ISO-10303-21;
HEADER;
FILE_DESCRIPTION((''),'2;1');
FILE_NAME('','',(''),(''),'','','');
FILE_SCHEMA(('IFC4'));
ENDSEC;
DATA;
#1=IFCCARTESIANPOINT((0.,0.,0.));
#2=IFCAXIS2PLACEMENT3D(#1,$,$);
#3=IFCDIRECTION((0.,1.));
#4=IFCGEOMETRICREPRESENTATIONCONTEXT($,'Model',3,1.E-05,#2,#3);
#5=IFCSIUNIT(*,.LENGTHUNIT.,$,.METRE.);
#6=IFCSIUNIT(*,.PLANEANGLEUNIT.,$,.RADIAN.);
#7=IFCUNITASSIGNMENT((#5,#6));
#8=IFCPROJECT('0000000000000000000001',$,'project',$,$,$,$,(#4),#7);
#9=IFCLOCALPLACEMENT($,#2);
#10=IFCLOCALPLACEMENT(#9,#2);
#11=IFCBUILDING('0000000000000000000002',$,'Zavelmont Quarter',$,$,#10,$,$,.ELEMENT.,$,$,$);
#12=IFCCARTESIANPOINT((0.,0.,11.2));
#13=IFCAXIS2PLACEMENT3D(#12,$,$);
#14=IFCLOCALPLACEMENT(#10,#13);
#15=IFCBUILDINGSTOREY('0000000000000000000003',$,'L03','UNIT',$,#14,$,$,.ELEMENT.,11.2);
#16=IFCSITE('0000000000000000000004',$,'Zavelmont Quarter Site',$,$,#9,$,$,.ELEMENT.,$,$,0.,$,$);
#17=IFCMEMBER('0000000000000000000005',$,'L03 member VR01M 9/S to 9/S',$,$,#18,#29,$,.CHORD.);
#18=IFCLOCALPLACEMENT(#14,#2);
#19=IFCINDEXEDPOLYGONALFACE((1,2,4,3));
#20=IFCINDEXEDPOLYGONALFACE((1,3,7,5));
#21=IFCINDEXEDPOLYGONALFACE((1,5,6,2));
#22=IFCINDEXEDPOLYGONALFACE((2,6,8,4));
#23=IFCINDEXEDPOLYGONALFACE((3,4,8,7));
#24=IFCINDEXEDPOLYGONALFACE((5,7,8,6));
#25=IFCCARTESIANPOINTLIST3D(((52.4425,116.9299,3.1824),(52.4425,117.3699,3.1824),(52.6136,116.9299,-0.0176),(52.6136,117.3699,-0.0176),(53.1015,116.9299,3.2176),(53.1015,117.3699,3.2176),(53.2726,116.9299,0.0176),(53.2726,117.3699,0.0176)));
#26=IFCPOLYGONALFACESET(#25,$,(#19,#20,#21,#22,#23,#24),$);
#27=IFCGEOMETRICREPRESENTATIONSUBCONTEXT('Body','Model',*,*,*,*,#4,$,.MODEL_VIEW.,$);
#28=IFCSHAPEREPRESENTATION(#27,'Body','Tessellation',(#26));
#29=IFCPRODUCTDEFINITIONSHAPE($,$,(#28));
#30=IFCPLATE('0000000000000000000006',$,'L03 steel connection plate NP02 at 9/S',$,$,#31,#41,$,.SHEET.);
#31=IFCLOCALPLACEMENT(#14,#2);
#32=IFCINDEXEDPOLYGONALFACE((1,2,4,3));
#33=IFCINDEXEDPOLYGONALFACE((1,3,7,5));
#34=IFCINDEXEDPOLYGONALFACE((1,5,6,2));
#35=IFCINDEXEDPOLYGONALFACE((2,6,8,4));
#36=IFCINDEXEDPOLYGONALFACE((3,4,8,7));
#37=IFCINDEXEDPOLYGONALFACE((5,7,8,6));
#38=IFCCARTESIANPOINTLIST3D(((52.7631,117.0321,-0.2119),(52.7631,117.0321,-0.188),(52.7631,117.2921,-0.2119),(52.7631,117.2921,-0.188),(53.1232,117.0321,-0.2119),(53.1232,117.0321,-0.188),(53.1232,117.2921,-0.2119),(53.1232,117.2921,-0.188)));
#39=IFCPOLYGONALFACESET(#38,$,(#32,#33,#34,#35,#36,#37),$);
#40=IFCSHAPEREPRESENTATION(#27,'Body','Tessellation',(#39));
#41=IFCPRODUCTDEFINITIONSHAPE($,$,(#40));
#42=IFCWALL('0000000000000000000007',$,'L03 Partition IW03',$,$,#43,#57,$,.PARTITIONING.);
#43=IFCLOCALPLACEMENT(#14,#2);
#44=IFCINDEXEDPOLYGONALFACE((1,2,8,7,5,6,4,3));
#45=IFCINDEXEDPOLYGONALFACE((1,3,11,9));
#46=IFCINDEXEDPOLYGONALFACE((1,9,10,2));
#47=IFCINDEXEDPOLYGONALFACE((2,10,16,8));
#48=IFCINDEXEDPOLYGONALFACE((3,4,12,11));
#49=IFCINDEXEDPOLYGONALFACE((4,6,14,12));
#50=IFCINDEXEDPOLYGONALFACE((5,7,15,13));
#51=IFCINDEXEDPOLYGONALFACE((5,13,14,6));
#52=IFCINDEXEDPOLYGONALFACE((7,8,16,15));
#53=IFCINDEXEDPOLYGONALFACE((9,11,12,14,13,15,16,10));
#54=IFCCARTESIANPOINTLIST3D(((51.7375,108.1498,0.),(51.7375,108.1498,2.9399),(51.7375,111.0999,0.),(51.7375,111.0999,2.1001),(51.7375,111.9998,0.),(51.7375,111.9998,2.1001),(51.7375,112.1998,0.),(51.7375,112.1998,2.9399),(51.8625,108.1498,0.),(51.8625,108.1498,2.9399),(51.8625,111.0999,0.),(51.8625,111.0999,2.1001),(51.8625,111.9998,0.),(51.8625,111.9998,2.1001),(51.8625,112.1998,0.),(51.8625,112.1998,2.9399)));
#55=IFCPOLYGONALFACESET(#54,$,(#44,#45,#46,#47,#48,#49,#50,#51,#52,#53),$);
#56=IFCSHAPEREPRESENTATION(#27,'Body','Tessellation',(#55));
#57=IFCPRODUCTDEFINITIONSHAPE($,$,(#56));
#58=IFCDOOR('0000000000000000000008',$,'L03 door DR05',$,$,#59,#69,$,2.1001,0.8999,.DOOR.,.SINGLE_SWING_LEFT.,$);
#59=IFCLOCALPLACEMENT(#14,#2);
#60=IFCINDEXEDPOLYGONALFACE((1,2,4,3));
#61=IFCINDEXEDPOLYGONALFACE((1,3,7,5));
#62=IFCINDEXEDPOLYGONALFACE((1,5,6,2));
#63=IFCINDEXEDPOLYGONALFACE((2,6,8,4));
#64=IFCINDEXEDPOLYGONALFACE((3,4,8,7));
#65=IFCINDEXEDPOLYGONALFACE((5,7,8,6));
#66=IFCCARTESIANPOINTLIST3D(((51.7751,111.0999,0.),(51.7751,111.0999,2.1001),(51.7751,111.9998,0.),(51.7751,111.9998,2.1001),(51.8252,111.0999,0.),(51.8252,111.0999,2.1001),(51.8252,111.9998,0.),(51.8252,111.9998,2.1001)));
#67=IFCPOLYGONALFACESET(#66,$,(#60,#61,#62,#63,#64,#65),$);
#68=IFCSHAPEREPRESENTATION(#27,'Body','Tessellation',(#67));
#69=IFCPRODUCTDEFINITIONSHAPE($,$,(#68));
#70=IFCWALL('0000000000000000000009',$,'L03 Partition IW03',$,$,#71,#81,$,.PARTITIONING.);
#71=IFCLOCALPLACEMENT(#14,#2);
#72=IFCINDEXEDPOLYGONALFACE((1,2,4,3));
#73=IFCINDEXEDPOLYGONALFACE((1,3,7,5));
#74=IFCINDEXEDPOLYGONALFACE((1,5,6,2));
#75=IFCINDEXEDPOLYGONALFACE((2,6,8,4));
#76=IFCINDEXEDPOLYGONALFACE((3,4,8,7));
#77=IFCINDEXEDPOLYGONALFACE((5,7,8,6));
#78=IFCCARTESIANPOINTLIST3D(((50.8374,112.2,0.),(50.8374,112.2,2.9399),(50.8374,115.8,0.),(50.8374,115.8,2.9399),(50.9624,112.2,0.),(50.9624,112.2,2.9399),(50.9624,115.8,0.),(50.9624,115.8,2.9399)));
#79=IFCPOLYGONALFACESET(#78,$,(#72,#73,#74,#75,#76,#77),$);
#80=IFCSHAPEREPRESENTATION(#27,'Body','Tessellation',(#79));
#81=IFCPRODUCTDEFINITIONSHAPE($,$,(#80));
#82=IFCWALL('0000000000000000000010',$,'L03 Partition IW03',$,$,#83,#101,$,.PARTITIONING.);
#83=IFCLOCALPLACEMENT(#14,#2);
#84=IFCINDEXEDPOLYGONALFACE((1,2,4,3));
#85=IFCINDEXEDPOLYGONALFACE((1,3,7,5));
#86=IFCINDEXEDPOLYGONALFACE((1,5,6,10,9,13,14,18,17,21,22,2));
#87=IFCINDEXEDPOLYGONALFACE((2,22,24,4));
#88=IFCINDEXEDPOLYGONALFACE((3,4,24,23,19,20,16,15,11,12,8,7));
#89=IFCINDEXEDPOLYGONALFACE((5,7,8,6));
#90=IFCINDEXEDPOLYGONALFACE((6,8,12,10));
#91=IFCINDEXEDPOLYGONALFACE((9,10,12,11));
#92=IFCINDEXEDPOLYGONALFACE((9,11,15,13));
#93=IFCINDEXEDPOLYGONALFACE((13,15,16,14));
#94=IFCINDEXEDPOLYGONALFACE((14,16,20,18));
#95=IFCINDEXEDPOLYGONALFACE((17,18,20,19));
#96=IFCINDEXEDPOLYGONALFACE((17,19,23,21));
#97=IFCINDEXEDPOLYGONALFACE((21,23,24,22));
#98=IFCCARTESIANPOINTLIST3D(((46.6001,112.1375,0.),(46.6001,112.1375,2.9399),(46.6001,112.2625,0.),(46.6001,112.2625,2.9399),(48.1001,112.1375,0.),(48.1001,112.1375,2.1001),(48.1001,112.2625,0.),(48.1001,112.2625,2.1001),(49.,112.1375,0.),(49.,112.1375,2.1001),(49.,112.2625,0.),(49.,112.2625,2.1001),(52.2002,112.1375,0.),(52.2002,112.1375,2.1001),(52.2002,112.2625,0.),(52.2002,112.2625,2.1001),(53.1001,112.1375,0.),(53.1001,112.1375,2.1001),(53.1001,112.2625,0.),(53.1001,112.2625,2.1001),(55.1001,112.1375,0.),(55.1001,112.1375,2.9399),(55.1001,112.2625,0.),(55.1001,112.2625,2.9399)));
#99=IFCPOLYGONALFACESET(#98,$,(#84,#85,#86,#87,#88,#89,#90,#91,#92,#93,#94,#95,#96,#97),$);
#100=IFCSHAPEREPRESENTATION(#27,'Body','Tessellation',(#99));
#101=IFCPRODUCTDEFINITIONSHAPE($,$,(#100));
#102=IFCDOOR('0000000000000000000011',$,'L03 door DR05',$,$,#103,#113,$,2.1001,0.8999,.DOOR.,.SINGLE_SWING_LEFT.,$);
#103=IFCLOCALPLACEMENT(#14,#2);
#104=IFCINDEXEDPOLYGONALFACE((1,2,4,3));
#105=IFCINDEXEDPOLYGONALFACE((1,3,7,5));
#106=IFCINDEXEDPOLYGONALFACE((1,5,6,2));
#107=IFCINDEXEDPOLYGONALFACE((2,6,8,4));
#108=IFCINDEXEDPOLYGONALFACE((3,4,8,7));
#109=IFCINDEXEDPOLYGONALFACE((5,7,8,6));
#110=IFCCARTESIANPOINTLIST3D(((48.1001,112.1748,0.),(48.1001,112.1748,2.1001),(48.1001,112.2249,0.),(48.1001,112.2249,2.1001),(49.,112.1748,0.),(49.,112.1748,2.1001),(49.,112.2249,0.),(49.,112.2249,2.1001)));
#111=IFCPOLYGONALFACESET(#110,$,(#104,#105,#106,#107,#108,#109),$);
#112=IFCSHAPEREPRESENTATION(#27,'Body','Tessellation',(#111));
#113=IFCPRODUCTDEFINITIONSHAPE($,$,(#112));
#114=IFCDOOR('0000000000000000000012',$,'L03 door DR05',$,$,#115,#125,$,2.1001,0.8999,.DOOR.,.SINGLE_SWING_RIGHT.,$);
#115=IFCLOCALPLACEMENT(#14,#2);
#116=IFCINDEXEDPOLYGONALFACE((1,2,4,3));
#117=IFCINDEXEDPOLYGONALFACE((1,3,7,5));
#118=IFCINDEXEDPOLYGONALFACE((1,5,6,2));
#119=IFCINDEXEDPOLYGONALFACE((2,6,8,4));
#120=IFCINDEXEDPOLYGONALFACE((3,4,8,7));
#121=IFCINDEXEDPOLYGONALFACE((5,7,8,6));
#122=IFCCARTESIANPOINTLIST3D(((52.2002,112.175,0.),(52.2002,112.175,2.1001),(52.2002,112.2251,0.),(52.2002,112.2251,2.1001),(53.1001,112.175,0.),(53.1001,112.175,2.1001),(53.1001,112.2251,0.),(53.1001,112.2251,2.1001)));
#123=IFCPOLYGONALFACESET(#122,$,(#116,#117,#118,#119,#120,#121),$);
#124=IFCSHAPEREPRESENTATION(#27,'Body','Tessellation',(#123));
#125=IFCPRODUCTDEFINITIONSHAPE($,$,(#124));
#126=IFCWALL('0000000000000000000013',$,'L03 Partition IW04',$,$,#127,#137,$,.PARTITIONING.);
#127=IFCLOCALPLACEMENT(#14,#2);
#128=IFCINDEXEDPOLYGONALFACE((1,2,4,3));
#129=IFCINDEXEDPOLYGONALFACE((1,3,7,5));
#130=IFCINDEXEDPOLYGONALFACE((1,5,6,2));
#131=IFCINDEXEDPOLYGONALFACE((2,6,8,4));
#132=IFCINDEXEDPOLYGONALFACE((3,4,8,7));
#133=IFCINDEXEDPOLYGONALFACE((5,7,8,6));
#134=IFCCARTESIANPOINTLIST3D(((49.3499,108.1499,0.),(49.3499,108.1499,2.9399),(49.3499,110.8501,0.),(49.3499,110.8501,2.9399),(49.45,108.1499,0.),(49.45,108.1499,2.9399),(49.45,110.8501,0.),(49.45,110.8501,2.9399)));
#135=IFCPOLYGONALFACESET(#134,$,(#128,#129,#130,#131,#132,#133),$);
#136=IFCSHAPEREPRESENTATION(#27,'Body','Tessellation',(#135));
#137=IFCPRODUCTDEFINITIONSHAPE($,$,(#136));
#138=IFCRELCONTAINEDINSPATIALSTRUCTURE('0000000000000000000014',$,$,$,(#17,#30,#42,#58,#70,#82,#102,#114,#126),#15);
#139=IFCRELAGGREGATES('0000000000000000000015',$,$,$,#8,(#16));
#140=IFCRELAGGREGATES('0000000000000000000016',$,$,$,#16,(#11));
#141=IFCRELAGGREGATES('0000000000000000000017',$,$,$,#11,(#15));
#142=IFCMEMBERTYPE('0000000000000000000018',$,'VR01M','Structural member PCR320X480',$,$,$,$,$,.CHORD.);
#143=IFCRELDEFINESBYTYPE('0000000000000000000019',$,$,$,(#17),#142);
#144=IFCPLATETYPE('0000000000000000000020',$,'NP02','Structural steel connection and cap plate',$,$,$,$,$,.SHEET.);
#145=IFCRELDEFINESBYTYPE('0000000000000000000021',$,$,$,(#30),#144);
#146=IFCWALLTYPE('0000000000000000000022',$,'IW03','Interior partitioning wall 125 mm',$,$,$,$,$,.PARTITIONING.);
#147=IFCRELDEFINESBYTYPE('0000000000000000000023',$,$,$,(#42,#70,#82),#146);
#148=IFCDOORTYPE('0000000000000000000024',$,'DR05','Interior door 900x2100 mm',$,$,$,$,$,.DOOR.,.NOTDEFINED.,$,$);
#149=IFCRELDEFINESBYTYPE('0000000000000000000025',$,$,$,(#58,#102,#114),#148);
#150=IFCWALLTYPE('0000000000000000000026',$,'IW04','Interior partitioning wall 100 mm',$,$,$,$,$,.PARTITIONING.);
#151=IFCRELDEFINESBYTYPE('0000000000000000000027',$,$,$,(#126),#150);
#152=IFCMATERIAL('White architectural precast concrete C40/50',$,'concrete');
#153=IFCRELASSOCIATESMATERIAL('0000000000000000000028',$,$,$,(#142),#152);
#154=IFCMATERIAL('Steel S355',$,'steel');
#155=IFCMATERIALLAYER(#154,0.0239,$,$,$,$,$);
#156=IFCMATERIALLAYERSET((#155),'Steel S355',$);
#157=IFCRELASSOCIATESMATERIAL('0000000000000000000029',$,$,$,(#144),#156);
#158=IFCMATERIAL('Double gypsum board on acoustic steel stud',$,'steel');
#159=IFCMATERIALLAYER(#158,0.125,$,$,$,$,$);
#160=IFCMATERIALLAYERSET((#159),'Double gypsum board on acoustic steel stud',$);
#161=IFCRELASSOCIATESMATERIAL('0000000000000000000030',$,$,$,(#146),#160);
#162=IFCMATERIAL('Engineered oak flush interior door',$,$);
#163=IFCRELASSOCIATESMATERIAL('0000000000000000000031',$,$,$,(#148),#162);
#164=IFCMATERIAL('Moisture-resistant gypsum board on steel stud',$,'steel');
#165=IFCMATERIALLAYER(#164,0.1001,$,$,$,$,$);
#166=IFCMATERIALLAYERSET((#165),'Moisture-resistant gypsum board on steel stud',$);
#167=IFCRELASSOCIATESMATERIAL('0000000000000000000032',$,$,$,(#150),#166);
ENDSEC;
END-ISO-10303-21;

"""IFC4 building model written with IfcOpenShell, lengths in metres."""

from ifc_helpers import new_model, si_unit, direction, frame, frame_2d, origin, origin_with_axes, origin_2d, place, context, subcontext, project, spatial, rectangle, extrude, material, layer, layer_set, material_profile, profile_set, type_object, element, fill, save


model = new_model("IFC4")

# Units and contexts
model_context = context("Model", 3, precision=1e-05, world=origin(), true_north=direction((0.0, 1.0)))
body_context = subcontext(model_context, "Body", "Model", "MODEL_VIEW")
ifc_project = project(units=[si_unit("LENGTHUNIT", "METRE"), si_unit("PLANEANGLEUNIT", "RADIAN")], contexts=[model_context])

# Site, building, storey
site_placement = place(None, origin())
site = spatial("IfcSite", under=ifc_project, at=site_placement, Name="Zavelmont Quarter Site", CompositionType="ELEMENT", RefElevation=0.0)
building_placement = place(site_placement, origin())
building = spatial("IfcBuilding", under=site, at=building_placement, Name="Zavelmont Quarter", CompositionType="ELEMENT")
storey_placement = place(building_placement, frame((0.0, 0.0, 11.2)))
storey = spatial("IfcBuildingStorey", under=building, at=storey_placement, Name="L03", Description="UNIT", CompositionType="ELEMENT", Elevation=11.2)

# Shared definitions
ifc_material_1 = material(Name="Steel S355", Category="steel")

# Member
ifc_material_2 = material(Name="White architectural precast concrete C40/50", Category="concrete")
ifc_material_profile_1 = material_profile(ifc_material_2, rectangle(XDim=0.4399, YDim=0.6599, at=origin_2d()), Name="PCR320X480")
ifc_profile_set_1 = profile_set([ifc_material_profile_1], Name="White architectural precast concrete C40/50")
member_type = type_object("IfcMemberType", Name="VR01M", Description="Structural member PCR320X480", PredefinedType="CHORD", material=ifc_profile_set_1)
member_placement = place(storey_placement, frame((52.9431, 117.1499, 0.0), z_axis=(-0.053407, 0.0, 0.998573), x_axis=(0.0, -1.0, 0.0)))
element("IfcMember", 1, at=member_placement, inside=storey, type_object=member_type, Name="L03 member VR01M 9/S to 9/S", PredefinedType="CHORD", context=body_context, shape_type="SweptSolid", body=[
    extrude(rectangle(XDim=0.4399, YDim=0.6599, at=origin_2d()), origin(), (0.0, 0.0, 1.0), 3.2046),
])

# Plate
ifc_layer_1 = layer(ifc_material_1, 0.0239)
ifc_layer_set_1 = layer_set([ifc_layer_1], Name="Steel S355")
plate_type = type_object("IfcPlateType", Name="NP02", Description="Structural steel connection and cap plate", PredefinedType="SHEET", material=ifc_layer_set_1)
plate_placement = place(storey_placement, frame((52.9431, 117.1621, -0.2119), z_axis=(0.0, 0.0, 1.0), x_axis=(1.0, 0.0, 0.0)))
element("IfcPlate", 2, at=plate_placement, inside=storey, type_object=plate_type, Name="L03 steel connection plate NP02 at 9/S", PredefinedType="SHEET", context=body_context, shape_type="SweptSolid", body=[
    extrude(rectangle(XDim=0.3601, YDim=0.26, at=origin_2d()), origin(), (0.0, 0.0, 1.0), 0.0239),
])

# Wall, opening, door
ifc_material_3 = material(Name="Double gypsum board on acoustic steel stud", Category="steel")
ifc_layer_2 = layer(ifc_material_3, 0.125)
ifc_layer_set_2 = layer_set([ifc_layer_2], Name="Double gypsum board on acoustic steel stud")
wall_type_1 = type_object("IfcWallType", Name="IW03", Description="Interior partitioning wall 125 mm", PredefinedType="PARTITIONING", material=ifc_layer_set_2)
wall_1_placement = place(storey_placement, frame((51.8, 108.1499, 0.0), z_axis=(0.0, 0.0, 1.0), x_axis=(0.0, 1.0, 0.0)))
wall_1 = element("IfcWall", 3, at=wall_1_placement, inside=storey, type_object=wall_type_1, Name="L03 Partition IW03", PredefinedType="PARTITIONING", context=body_context, shape_type="SweptSolid", body=[
    extrude(rectangle(XDim=4.05, YDim=0.125, at=frame_2d((2.0249, 0.0))), origin(), (0.0, 0.0, 1.0), 2.9399),
])
opening_1_placement = place(wall_1_placement, frame((2.95, 0.0, 0.0)))
opening_1 = element("IfcOpeningElement", 4, at=opening_1_placement, cuts=wall_1, PredefinedType="OPENING", context=body_context, shape_type="SweptSolid", body=[
    extrude(rectangle(XDim=0.8999, YDim=2.1001, at=frame_2d((0.45, 1.05))), frame((0.0, 0.0745, 0.0), z_axis=(0.0, -1.0, 0.0), x_axis=(1.0, 0.0, 0.0)), (0.0, 0.0, 1.0), 0.1489),
])
ifc_material_4 = material(Name="Engineered oak flush interior door")
door_type = type_object("IfcDoorType", Name="DR05", Description="Interior door 900x2100 mm", OperationType="NOTDEFINED", PredefinedType="DOOR", material=ifc_material_4)
door_1_placement = place(opening_1_placement, origin_with_axes())
door_1 = element("IfcDoor", 5, at=door_1_placement, inside=storey, type_object=door_type, Name="L03 door DR05", OperationType="SINGLE_SWING_LEFT", OverallHeight=2.1001, OverallWidth=0.8999, PredefinedType="DOOR", context=body_context, shape_type="SweptSolid", body=[
    extrude(rectangle(XDim=0.8999, YDim=2.1001, at=frame_2d((0.45, 1.05))), frame((0.0, 0.0249, 0.0), z_axis=(0.0, -1.0, 0.0), x_axis=(1.0, 0.0, 0.0)), (0.0, 0.0, 1.0), 0.05),
])
fill(opening_1, door_1)

# Wall
wall_2_placement = place(storey_placement, frame((50.8999, 112.2, 0.0), z_axis=(0.0, 0.0, 1.0), x_axis=(0.0, 1.0, 0.0)))
element("IfcWall", 6, at=wall_2_placement, inside=storey, type_object=wall_type_1, Name="L03 Partition IW03", PredefinedType="PARTITIONING", context=body_context, shape_type="SweptSolid", body=[
    extrude(rectangle(XDim=3.6001, YDim=0.125, at=frame_2d((1.8, 0.0))), origin(), (0.0, 0.0, 1.0), 2.9399),
])

# Wall, openings, doors
wall_3_placement = place(storey_placement, frame((46.6001, 112.2, 0.0), z_axis=(0.0, 0.0, 1.0), x_axis=(1.0, 0.0, 0.0)))
wall_3 = element("IfcWall", 7, at=wall_3_placement, inside=storey, type_object=wall_type_1, Name="L03 Partition IW03", PredefinedType="PARTITIONING", context=body_context, shape_type="SweptSolid", body=[
    extrude(rectangle(XDim=8.5, YDim=0.125, at=frame_2d((4.25, 0.0))), origin(), (0.0, 0.0, 1.0), 2.9399),
])
opening_2_placement = place(wall_3_placement, frame((1.5, 0.0, 0.0)))
opening_2 = element("IfcOpeningElement", 8, at=opening_2_placement, cuts=wall_3, PredefinedType="OPENING", context=body_context, shape_type="SweptSolid", body=[
    extrude(rectangle(XDim=0.8999, YDim=2.1001, at=frame_2d((0.45, 1.05))), frame((0.0, 0.0745, 0.0), z_axis=(0.0, -1.0, 0.0), x_axis=(1.0, 0.0, 0.0)), (0.0, 0.0, 1.0), 0.1489),
])
opening_3_placement = place(wall_3_placement, frame((5.6001, 0.0, 0.0)))
opening_3 = element("IfcOpeningElement", 9, at=opening_3_placement, cuts=wall_3, PredefinedType="OPENING", context=body_context, shape_type="SweptSolid", body=[
    extrude(rectangle(XDim=0.8999, YDim=2.1001, at=frame_2d((0.45, 1.05))), frame((0.0, 0.0745, 0.0), z_axis=(0.0, -1.0, 0.0), x_axis=(1.0, 0.0, 0.0)), (0.0, 0.0, 1.0), 0.1489),
])
door_2_placement = place(opening_2_placement, origin_with_axes())
door_2 = element("IfcDoor", 10, at=door_2_placement, inside=storey, type_object=door_type, Name="L03 door DR05", OperationType="SINGLE_SWING_LEFT", OverallHeight=2.1001, OverallWidth=0.8999, PredefinedType="DOOR", context=body_context, shape_type="SweptSolid", body=[
    extrude(rectangle(XDim=0.8999, YDim=2.1001, at=frame_2d((0.45, 1.05))), frame((0.0, 0.0249, 0.0), z_axis=(0.0, -1.0, 0.0), x_axis=(1.0, 0.0, 0.0)), (0.0, 0.0, 1.0), 0.05),
])
fill(opening_2, door_2)
door_3_placement = place(opening_3_placement, frame((0.8999, 0.0, 0.0), z_axis=(0.0, 0.0, 1.0), x_axis=(-1.0, 0.0, 0.0)))
door_3 = element("IfcDoor", 11, at=door_3_placement, inside=storey, type_object=door_type, Name="L03 door DR05", OperationType="SINGLE_SWING_RIGHT", OverallHeight=2.1001, OverallWidth=0.8999, PredefinedType="DOOR", context=body_context, shape_type="SweptSolid", body=[
    extrude(rectangle(XDim=0.8999, YDim=2.1001, at=frame_2d((0.45, 1.05))), frame((0.0, 0.0249, 0.0), z_axis=(0.0, -1.0, 0.0), x_axis=(1.0, 0.0, 0.0)), (0.0, 0.0, 1.0), 0.05),
])
fill(opening_3, door_3)

# Wall
ifc_material_5 = material(Name="Moisture-resistant gypsum board on steel stud", Category="steel")
ifc_layer_3 = layer(ifc_material_5, 0.1001)
ifc_layer_set_3 = layer_set([ifc_layer_3], Name="Moisture-resistant gypsum board on steel stud")
wall_type_2 = type_object("IfcWallType", Name="IW04", Description="Interior partitioning wall 100 mm", PredefinedType="PARTITIONING", material=ifc_layer_set_3)
wall_4_placement = place(storey_placement, frame((49.3999, 108.1499, 0.0), z_axis=(0.0, 0.0, 1.0), x_axis=(0.0, 1.0, 0.0)))
element("IfcWall", 12, at=wall_4_placement, inside=storey, type_object=wall_type_2, Name="L03 Partition IW04", PredefinedType="PARTITIONING", context=body_context, shape_type="SweptSolid", body=[
    extrude(rectangle(XDim=2.7002, YDim=0.1001, at=frame_2d((1.3501, 0.0))), origin(), (0.0, 0.0, 1.0), 2.9399),
])

save(model, "model.ifc")
